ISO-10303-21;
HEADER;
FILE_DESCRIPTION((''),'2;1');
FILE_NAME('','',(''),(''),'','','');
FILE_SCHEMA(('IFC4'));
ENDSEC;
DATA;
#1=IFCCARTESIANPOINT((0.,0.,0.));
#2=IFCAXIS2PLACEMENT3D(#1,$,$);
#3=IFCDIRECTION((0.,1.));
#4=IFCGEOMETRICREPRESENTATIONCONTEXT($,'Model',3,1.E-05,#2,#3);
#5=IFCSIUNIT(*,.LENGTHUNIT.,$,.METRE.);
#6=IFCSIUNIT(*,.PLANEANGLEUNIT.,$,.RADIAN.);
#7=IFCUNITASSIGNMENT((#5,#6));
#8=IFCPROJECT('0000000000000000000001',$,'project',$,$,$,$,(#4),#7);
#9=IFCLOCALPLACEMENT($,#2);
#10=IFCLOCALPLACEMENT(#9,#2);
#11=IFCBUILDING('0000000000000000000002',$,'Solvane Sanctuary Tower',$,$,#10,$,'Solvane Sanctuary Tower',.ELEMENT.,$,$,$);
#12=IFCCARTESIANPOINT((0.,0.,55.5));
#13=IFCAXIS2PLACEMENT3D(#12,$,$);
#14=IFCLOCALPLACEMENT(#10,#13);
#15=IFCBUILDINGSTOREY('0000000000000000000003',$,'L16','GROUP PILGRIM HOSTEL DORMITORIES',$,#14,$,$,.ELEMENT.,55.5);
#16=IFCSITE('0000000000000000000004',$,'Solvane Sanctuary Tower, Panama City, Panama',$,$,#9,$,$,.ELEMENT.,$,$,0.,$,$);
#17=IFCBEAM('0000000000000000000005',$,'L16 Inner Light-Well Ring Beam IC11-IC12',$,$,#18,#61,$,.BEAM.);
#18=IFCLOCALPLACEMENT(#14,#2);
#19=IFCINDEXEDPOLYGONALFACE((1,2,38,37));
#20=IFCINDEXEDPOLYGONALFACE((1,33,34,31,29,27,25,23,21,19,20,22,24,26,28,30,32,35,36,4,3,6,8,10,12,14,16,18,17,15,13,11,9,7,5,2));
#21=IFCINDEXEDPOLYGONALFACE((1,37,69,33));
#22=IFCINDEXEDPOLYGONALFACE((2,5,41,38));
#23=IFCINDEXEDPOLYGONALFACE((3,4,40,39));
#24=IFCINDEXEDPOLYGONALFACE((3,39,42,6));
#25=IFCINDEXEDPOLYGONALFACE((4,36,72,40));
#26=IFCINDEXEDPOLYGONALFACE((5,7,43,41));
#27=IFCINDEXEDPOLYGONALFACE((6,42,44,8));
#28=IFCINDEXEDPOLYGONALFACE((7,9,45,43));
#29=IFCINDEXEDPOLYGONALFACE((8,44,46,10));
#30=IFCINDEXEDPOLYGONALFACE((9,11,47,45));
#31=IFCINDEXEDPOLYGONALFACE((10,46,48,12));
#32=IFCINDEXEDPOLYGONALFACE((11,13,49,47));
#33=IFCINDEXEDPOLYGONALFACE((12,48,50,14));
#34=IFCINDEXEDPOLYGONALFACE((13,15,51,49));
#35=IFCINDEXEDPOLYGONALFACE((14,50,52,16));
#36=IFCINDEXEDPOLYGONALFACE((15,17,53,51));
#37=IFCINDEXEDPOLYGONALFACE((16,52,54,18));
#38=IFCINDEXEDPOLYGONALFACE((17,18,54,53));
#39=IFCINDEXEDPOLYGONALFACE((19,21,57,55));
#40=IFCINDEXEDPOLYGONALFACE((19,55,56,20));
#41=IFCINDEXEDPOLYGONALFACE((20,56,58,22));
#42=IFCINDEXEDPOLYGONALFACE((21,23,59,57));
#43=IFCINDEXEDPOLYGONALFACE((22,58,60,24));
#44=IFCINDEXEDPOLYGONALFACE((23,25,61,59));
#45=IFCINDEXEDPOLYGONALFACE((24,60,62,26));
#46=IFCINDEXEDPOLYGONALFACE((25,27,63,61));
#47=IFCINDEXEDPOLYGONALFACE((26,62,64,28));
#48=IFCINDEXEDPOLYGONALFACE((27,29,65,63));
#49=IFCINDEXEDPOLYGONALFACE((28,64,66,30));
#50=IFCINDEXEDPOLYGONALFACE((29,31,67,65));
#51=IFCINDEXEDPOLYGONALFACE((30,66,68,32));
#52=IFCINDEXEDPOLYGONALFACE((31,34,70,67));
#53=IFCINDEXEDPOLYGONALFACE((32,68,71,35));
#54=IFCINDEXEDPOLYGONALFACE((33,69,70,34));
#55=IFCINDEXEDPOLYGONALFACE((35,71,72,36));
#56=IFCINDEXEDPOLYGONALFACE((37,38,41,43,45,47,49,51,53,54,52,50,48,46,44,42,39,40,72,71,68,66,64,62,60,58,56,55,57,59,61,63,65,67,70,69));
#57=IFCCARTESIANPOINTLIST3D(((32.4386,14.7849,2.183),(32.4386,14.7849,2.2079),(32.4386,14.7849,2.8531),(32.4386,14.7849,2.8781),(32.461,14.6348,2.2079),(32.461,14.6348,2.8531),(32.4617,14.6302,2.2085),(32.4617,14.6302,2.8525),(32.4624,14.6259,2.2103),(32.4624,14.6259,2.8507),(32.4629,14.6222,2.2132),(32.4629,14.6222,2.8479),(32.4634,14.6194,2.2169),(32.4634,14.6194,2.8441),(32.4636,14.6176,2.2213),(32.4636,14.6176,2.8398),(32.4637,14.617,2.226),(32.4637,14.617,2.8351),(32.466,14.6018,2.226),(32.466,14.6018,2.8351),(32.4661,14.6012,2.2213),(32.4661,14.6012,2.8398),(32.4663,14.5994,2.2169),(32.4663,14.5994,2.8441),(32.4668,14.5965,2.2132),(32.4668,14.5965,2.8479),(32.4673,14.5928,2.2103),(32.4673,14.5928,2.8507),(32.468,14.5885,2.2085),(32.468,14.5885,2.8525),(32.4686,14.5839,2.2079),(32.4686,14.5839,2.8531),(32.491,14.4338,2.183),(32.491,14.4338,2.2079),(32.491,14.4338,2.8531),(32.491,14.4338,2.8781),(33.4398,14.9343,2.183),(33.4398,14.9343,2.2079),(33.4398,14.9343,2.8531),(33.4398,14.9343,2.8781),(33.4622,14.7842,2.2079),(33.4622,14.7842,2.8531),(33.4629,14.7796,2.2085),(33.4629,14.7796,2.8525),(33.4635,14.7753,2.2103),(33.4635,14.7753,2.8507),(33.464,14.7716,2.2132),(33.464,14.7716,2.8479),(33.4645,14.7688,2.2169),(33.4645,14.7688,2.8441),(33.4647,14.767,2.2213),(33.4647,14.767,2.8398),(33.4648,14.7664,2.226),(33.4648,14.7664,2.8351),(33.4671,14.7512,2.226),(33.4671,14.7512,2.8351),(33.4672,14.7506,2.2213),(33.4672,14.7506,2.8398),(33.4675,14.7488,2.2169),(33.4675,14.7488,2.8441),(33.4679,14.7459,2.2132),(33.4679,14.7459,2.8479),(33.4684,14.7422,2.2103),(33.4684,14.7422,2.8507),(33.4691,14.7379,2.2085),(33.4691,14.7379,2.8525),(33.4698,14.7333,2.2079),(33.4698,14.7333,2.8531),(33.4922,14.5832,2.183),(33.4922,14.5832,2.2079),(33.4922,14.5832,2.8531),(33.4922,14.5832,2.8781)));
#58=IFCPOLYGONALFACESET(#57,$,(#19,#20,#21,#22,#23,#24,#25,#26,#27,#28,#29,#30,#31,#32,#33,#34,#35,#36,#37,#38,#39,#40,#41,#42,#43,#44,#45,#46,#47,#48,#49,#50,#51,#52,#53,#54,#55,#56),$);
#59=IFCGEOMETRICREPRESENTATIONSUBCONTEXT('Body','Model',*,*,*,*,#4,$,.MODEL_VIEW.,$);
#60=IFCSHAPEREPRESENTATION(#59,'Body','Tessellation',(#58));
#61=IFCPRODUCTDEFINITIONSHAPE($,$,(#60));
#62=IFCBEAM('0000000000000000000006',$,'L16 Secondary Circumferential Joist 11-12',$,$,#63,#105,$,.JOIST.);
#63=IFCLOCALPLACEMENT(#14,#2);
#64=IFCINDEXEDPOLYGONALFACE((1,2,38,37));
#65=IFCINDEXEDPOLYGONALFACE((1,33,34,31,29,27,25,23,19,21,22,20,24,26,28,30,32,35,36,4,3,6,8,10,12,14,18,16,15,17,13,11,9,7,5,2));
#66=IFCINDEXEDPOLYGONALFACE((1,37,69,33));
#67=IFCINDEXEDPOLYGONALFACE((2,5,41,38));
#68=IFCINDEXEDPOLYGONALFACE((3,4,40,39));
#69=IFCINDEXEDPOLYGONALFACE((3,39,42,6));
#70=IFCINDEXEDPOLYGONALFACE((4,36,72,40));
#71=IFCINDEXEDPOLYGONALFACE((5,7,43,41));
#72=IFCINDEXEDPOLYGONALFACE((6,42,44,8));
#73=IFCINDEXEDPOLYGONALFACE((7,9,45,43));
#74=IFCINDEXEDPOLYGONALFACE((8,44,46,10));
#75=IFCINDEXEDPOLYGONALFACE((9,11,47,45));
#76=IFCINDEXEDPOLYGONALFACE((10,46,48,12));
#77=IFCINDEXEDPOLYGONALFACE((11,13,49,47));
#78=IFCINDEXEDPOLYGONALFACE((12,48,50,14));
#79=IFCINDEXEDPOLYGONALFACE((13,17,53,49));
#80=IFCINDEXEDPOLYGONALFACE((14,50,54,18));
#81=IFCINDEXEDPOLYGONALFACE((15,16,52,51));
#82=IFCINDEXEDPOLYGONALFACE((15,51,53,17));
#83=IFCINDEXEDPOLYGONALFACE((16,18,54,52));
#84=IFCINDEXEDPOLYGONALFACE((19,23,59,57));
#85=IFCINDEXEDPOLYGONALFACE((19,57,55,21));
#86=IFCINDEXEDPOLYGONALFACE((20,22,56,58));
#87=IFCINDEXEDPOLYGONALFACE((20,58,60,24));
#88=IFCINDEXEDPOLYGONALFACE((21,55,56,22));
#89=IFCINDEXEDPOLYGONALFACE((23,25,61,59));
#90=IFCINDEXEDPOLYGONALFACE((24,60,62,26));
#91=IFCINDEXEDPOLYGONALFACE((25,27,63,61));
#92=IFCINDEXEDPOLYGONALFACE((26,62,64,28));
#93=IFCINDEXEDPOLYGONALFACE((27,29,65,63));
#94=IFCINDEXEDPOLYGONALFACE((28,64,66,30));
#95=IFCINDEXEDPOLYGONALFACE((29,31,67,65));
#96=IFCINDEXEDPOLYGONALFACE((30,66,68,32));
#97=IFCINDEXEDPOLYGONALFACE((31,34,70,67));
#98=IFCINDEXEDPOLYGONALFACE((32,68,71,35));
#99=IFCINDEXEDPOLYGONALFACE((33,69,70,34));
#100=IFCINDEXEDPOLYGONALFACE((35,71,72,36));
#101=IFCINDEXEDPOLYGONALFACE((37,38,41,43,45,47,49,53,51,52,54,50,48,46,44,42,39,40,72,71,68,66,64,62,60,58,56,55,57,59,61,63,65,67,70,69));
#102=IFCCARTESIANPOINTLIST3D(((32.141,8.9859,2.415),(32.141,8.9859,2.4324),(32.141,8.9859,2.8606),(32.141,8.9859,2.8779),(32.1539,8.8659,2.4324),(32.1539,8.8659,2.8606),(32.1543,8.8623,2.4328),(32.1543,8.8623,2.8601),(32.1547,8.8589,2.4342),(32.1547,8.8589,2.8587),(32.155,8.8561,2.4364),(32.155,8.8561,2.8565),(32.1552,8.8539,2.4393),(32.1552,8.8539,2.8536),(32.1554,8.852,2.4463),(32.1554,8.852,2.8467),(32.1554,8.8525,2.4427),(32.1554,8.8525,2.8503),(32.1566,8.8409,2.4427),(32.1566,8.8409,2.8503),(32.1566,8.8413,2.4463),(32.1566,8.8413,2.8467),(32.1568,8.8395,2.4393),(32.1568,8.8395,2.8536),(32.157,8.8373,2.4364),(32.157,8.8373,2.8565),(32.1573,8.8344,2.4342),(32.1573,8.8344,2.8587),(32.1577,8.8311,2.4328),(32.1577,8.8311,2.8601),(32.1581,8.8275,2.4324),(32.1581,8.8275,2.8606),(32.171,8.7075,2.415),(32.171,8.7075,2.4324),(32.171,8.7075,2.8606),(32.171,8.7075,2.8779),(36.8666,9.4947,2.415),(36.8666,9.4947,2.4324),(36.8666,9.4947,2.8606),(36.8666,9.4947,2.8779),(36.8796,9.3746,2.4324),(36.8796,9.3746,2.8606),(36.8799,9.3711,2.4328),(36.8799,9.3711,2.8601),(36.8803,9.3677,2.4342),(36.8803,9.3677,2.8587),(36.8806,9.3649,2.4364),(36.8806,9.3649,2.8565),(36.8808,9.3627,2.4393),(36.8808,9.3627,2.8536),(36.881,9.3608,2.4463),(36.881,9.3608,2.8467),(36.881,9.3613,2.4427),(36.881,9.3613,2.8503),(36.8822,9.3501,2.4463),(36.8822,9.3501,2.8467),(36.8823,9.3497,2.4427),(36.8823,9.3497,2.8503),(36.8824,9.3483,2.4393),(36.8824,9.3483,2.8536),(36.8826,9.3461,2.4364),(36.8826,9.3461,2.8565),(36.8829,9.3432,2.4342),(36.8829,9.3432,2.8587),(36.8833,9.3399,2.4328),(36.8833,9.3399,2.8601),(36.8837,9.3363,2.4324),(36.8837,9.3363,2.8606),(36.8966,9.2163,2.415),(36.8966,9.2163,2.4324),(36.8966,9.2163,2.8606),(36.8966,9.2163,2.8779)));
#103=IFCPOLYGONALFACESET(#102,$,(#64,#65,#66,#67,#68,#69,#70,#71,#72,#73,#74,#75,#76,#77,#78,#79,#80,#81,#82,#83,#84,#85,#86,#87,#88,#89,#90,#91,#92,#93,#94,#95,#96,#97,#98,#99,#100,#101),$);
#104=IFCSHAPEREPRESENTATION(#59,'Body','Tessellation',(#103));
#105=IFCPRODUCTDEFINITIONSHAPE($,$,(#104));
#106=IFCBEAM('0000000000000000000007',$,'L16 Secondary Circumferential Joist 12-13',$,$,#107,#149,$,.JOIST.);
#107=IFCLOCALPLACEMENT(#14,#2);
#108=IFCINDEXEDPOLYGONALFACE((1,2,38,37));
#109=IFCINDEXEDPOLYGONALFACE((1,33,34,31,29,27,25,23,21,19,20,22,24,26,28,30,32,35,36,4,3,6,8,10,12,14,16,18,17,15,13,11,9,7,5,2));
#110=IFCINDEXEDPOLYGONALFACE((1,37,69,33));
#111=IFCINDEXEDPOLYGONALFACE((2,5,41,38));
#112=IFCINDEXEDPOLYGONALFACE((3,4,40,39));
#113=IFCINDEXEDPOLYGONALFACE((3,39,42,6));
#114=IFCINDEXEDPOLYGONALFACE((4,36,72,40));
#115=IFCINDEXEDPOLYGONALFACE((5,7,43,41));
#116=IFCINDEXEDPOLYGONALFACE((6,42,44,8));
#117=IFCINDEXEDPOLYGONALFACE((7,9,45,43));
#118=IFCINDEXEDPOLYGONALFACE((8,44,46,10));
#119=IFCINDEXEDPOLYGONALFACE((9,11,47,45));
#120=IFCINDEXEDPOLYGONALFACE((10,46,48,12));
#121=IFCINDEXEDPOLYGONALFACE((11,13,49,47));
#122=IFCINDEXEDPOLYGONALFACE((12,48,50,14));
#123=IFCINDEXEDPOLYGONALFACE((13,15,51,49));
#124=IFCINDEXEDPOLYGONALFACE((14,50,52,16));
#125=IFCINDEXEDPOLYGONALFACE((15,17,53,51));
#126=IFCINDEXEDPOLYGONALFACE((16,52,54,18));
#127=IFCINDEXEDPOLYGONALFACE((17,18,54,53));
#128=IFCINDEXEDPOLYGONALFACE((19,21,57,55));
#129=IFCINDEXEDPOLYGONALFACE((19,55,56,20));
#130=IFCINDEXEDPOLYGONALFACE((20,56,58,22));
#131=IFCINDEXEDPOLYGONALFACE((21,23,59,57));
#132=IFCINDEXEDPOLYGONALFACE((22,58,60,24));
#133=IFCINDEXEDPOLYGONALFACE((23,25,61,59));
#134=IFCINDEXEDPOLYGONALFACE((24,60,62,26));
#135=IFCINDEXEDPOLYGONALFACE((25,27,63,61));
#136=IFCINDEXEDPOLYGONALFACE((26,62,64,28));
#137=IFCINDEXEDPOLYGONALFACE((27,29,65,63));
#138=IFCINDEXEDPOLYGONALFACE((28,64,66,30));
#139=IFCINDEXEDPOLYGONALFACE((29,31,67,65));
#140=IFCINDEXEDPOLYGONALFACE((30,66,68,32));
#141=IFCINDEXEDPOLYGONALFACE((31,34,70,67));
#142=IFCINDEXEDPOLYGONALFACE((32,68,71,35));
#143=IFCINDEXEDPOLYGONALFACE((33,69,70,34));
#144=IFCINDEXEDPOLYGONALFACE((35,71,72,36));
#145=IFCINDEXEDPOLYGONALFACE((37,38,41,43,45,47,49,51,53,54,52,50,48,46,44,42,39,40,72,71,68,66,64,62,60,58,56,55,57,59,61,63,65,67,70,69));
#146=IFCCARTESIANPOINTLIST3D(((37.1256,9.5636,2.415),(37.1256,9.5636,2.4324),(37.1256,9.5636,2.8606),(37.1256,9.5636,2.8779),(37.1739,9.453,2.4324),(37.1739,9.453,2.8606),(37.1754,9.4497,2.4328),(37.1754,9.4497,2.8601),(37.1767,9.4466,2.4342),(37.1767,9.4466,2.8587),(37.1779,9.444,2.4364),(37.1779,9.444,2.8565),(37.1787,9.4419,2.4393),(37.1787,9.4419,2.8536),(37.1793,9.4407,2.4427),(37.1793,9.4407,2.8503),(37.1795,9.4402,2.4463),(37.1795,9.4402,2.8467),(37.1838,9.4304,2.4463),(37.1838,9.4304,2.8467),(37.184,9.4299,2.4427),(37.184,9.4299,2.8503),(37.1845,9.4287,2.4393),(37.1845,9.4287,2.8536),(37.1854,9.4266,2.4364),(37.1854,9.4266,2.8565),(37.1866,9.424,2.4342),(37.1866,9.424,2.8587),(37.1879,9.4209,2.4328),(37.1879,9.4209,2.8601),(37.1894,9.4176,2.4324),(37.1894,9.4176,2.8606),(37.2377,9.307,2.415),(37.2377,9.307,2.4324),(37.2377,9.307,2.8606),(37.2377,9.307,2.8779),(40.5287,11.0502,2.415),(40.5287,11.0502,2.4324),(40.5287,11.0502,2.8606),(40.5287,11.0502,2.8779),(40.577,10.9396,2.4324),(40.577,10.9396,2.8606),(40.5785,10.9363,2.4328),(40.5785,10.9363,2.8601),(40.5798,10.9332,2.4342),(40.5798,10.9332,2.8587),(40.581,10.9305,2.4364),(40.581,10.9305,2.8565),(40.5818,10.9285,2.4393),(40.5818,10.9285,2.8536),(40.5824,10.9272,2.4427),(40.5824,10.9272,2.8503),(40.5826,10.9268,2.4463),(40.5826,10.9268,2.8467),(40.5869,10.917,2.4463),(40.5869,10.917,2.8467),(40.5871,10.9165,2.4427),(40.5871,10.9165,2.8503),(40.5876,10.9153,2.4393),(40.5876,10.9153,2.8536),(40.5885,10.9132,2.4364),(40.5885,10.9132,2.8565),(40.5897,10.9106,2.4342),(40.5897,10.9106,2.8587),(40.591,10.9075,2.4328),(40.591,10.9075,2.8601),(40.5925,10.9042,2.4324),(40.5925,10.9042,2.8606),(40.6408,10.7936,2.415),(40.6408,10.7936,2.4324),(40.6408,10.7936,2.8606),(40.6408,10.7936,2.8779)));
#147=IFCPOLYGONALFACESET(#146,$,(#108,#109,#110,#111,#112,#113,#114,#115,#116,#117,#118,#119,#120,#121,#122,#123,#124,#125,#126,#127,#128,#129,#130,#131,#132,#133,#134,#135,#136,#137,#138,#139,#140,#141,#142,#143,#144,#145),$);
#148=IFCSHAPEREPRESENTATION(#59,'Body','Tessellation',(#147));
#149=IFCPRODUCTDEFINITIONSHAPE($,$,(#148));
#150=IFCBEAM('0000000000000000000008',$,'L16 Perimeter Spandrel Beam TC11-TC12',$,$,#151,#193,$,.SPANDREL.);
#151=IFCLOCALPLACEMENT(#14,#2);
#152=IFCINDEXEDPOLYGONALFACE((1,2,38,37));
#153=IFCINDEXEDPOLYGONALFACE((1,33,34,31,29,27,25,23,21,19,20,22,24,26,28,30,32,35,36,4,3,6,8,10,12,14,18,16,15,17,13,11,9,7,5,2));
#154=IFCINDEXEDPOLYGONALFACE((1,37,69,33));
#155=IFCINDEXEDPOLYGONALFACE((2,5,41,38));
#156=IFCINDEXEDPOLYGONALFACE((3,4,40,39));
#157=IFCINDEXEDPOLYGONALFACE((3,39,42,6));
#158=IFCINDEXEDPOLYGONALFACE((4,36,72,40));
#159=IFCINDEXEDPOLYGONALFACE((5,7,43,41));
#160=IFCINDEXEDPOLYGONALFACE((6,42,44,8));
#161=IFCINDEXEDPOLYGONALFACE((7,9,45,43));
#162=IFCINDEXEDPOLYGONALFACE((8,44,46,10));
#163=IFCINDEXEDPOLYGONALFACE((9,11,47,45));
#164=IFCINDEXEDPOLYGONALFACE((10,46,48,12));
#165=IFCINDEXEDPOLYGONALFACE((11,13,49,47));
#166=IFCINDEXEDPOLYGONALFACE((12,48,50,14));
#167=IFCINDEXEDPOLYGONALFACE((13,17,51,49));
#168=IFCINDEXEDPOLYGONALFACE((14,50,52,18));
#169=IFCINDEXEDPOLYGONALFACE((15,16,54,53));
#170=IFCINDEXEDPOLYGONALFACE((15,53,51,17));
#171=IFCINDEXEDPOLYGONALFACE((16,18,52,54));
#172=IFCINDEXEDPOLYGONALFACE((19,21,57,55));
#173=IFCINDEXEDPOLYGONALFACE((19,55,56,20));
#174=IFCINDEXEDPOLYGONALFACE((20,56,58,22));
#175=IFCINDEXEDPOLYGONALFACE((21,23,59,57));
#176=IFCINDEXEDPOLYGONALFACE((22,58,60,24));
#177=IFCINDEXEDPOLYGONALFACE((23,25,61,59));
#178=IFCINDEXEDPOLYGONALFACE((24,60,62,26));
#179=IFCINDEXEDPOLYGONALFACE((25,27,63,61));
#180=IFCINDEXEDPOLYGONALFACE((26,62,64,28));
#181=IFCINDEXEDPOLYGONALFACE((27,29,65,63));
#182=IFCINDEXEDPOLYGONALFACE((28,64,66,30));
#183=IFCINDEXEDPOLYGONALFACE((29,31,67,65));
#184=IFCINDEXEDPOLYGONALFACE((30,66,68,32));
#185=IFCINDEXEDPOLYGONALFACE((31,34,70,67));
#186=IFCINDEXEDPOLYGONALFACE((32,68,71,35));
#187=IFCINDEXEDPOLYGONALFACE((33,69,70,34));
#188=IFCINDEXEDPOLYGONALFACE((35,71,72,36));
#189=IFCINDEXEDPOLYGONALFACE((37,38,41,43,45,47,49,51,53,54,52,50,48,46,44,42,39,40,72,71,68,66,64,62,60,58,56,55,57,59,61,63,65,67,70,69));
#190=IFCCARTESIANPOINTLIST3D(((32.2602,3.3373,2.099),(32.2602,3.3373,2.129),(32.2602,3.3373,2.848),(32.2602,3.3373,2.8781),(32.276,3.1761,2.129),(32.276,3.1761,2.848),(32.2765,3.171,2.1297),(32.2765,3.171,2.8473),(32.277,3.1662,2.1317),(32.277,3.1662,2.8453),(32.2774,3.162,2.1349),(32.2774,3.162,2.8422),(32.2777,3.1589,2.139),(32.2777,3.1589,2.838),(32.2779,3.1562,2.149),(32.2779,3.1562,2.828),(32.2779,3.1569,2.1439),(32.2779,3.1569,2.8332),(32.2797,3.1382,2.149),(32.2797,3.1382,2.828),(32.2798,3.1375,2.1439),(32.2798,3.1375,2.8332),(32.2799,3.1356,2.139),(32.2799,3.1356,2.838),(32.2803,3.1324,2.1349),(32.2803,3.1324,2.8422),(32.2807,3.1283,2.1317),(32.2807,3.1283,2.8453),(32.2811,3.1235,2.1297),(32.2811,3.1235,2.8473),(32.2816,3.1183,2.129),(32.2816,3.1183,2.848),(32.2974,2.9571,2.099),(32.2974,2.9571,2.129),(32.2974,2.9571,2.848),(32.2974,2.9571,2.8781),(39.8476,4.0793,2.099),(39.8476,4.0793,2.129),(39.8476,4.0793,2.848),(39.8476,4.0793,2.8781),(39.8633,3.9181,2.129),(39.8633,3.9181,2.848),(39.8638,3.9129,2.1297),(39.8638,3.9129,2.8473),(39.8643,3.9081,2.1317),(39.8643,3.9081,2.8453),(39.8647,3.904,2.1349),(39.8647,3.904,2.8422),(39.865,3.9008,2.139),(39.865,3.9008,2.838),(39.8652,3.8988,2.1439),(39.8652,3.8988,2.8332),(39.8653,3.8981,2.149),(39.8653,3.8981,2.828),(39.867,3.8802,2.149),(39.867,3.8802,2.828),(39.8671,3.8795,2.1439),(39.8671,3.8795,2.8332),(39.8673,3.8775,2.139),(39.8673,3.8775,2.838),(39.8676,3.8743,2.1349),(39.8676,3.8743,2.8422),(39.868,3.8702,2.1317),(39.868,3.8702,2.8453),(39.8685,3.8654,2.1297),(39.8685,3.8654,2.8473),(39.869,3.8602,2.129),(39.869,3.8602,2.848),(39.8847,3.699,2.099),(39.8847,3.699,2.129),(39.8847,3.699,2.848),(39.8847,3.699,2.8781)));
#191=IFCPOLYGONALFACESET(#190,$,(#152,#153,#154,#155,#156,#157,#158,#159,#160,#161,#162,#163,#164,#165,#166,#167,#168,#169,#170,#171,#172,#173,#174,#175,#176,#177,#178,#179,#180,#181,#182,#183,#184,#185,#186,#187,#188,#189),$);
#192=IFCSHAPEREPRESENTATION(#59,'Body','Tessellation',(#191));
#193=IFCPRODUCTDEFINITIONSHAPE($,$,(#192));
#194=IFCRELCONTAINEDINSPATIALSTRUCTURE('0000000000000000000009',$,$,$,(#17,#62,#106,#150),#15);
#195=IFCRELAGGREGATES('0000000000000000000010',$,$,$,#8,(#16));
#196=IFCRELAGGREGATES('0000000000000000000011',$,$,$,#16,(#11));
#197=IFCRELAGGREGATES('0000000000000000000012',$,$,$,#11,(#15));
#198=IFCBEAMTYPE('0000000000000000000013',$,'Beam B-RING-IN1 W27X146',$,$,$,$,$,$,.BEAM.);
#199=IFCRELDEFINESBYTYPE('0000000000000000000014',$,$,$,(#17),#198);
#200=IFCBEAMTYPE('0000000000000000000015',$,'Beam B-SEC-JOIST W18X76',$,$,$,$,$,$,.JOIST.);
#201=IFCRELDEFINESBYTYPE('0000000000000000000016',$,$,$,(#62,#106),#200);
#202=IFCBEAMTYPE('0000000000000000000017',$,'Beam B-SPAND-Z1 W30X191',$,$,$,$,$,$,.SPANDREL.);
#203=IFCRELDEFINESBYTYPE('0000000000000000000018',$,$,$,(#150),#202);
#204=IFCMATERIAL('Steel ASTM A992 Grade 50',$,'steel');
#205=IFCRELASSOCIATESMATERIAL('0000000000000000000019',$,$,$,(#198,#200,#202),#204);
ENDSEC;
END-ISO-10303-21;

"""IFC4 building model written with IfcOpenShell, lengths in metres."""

from ifc_helpers import new_model, si_unit, direction, frame, origin, origin_2d, place, context, subcontext, project, spatial, i_section, extrude, material, material_profile, profile_set, type_object, element, save


model = new_model("IFC4")

# Units and contexts
model_context = context("Model", 3, precision=1e-05, world=origin(), true_north=direction((0.0, 1.0)))
body_context = subcontext(model_context, "Body", "Model", "MODEL_VIEW")
ifc_project = project(units=[si_unit("LENGTHUNIT", "METRE"), si_unit("PLANEANGLEUNIT", "RADIAN")], contexts=[model_context])

# Site, building, storey
site_placement = place(None, origin())
site = spatial("IfcSite", under=ifc_project, at=site_placement, Name="Solvane Sanctuary Tower, Panama City, Panama", CompositionType="ELEMENT", RefElevation=0.0)
building_placement = place(site_placement, origin())
building = spatial("IfcBuilding", under=site, at=building_placement, Name="Solvane Sanctuary Tower", LongName="Solvane Sanctuary Tower", CompositionType="ELEMENT")
storey_placement = place(building_placement, frame((0.0, 0.0, 55.5)))
storey = spatial("IfcBuildingStorey", under=building, at=storey_placement, Name="L16", Description="GROUP PILGRIM HOSTEL DORMITORIES", CompositionType="ELEMENT", Elevation=55.5)

# Beams
ifc_material_1 = material(Name="Steel ASTM A992 Grade 50", Category="steel")
ifc_material_profile_1 = material_profile(ifc_material_1, i_section(OverallWidth=0.355, OverallDepth=0.6951, WebThickness=0.0154, FlangeThickness=0.0249, FilletRadius=0.0181, at=origin_2d()), Name="W27X146")
ifc_profile_set_1 = profile_set([ifc_material_profile_1], Name="Steel ASTM A992 Grade 50")
beam_type_1 = type_object("IfcBeamType", Name="Beam B-RING-IN1 W27X146", PredefinedType="BEAM", material=ifc_profile_set_1)
for number, where, z_axis, x_axis, name in (
    (1, (32.4648, 14.6094, 2.5305), (0.989048, 0.147597, 0.0), (-0.147597, 0.989048, 0.0), "L16 Inner Light-Well Ring Beam IC11-IC12"),
):
    element("IfcBeam", number, at=place(storey_placement, frame(where, z_axis=z_axis, x_axis=x_axis)), inside=storey, type_object=beam_type_1, Name=name, PredefinedType="BEAM", context=body_context, shape_type="SweptSolid", body=[
        extrude(i_section(OverallWidth=0.355, OverallDepth=0.6951, WebThickness=0.0154, FlangeThickness=0.0249, FilletRadius=0.0181, at=origin_2d()), origin(), (0.0, 0.0, 1.0), 1.0122),
    ])
ifc_material_profile_2 = material_profile(ifc_material_1, i_section(OverallWidth=0.28, OverallDepth=0.4629, WebThickness=0.0107, FlangeThickness=0.0173, FilletRadius=0.0139, at=origin_2d()), Name="W18X76")
ifc_profile_set_2 = profile_set([ifc_material_profile_2], Name="Steel ASTM A992 Grade 50")
beam_type_2 = type_object("IfcBeamType", Name="Beam B-SEC-JOIST W18X76", PredefinedType="JOIST", material=ifc_profile_set_2)
beam_1_placement = place(storey_placement, frame((32.156, 8.8467, 2.6465), z_axis=(0.994254, 0.107048, 0.0), x_axis=(-0.107048, 0.994254, 0.0)))
element("IfcBeam", 2, at=beam_1_placement, inside=storey, type_object=beam_type_2, Name="L16 Secondary Circumferential Joist 11-12", PredefinedType="JOIST", context=body_context, shape_type="SweptSolid", body=[
    extrude(i_section(OverallWidth=0.28, OverallDepth=0.4629, WebThickness=0.0107, FlangeThickness=0.0173, FilletRadius=0.0139, at=origin_2d()), origin(), (0.0, 0.0, 1.0), 4.7529),
])
beam_2_placement = place(storey_placement, frame((37.1816, 9.4353, 2.6465), z_axis=(0.916382, 0.400305, 0.0), x_axis=(-0.400305, 0.916382, 0.0)))
element("IfcBeam", 3, at=beam_2_placement, inside=storey, type_object=beam_type_2, Name="L16 Secondary Circumferential Joist 12-13", PredefinedType="JOIST", context=body_context, shape_type="SweptSolid", body=[
    extrude(i_section(OverallWidth=0.28, OverallDepth=0.4629, WebThickness=0.0107, FlangeThickness=0.0173, FilletRadius=0.0139, at=origin_2d()), origin(), (0.0, 0.0, 1.0), 3.7136),
])
ifc_material_profile_3 = material_profile(ifc_material_1, i_section(OverallWidth=0.3821, OverallDepth=0.7791, WebThickness=0.0181, FlangeThickness=0.03, FilletRadius=0.02, at=origin_2d()), Name="W30X191")
ifc_profile_set_3 = profile_set([ifc_material_profile_3], Name="Steel ASTM A992 Grade 50")
beam_type_3 = type_object("IfcBeamType", Name="Beam B-SPAND-Z1 W30X191", PredefinedType="SPANDREL", material=ifc_profile_set_3)
beam_3_placement = place(storey_placement, frame((32.2788, 3.1472, 2.4885), z_axis=(0.995253, 0.097322, 0.0), x_axis=(-0.097322, 0.995253, 0.0)))
element("IfcBeam", 4, at=beam_3_placement, inside=storey, type_object=beam_type_3, Name="L16 Perimeter Spandrel Beam TC11-TC12", PredefinedType="SPANDREL", context=body_context, shape_type="SweptSolid", body=[
    extrude(i_section(OverallWidth=0.3821, OverallDepth=0.7791, WebThickness=0.0181, FlangeThickness=0.03, FilletRadius=0.02, at=origin_2d()), origin(), (0.0, 0.0, 1.0), 7.6235),
])

save(model, "model.ifc")
